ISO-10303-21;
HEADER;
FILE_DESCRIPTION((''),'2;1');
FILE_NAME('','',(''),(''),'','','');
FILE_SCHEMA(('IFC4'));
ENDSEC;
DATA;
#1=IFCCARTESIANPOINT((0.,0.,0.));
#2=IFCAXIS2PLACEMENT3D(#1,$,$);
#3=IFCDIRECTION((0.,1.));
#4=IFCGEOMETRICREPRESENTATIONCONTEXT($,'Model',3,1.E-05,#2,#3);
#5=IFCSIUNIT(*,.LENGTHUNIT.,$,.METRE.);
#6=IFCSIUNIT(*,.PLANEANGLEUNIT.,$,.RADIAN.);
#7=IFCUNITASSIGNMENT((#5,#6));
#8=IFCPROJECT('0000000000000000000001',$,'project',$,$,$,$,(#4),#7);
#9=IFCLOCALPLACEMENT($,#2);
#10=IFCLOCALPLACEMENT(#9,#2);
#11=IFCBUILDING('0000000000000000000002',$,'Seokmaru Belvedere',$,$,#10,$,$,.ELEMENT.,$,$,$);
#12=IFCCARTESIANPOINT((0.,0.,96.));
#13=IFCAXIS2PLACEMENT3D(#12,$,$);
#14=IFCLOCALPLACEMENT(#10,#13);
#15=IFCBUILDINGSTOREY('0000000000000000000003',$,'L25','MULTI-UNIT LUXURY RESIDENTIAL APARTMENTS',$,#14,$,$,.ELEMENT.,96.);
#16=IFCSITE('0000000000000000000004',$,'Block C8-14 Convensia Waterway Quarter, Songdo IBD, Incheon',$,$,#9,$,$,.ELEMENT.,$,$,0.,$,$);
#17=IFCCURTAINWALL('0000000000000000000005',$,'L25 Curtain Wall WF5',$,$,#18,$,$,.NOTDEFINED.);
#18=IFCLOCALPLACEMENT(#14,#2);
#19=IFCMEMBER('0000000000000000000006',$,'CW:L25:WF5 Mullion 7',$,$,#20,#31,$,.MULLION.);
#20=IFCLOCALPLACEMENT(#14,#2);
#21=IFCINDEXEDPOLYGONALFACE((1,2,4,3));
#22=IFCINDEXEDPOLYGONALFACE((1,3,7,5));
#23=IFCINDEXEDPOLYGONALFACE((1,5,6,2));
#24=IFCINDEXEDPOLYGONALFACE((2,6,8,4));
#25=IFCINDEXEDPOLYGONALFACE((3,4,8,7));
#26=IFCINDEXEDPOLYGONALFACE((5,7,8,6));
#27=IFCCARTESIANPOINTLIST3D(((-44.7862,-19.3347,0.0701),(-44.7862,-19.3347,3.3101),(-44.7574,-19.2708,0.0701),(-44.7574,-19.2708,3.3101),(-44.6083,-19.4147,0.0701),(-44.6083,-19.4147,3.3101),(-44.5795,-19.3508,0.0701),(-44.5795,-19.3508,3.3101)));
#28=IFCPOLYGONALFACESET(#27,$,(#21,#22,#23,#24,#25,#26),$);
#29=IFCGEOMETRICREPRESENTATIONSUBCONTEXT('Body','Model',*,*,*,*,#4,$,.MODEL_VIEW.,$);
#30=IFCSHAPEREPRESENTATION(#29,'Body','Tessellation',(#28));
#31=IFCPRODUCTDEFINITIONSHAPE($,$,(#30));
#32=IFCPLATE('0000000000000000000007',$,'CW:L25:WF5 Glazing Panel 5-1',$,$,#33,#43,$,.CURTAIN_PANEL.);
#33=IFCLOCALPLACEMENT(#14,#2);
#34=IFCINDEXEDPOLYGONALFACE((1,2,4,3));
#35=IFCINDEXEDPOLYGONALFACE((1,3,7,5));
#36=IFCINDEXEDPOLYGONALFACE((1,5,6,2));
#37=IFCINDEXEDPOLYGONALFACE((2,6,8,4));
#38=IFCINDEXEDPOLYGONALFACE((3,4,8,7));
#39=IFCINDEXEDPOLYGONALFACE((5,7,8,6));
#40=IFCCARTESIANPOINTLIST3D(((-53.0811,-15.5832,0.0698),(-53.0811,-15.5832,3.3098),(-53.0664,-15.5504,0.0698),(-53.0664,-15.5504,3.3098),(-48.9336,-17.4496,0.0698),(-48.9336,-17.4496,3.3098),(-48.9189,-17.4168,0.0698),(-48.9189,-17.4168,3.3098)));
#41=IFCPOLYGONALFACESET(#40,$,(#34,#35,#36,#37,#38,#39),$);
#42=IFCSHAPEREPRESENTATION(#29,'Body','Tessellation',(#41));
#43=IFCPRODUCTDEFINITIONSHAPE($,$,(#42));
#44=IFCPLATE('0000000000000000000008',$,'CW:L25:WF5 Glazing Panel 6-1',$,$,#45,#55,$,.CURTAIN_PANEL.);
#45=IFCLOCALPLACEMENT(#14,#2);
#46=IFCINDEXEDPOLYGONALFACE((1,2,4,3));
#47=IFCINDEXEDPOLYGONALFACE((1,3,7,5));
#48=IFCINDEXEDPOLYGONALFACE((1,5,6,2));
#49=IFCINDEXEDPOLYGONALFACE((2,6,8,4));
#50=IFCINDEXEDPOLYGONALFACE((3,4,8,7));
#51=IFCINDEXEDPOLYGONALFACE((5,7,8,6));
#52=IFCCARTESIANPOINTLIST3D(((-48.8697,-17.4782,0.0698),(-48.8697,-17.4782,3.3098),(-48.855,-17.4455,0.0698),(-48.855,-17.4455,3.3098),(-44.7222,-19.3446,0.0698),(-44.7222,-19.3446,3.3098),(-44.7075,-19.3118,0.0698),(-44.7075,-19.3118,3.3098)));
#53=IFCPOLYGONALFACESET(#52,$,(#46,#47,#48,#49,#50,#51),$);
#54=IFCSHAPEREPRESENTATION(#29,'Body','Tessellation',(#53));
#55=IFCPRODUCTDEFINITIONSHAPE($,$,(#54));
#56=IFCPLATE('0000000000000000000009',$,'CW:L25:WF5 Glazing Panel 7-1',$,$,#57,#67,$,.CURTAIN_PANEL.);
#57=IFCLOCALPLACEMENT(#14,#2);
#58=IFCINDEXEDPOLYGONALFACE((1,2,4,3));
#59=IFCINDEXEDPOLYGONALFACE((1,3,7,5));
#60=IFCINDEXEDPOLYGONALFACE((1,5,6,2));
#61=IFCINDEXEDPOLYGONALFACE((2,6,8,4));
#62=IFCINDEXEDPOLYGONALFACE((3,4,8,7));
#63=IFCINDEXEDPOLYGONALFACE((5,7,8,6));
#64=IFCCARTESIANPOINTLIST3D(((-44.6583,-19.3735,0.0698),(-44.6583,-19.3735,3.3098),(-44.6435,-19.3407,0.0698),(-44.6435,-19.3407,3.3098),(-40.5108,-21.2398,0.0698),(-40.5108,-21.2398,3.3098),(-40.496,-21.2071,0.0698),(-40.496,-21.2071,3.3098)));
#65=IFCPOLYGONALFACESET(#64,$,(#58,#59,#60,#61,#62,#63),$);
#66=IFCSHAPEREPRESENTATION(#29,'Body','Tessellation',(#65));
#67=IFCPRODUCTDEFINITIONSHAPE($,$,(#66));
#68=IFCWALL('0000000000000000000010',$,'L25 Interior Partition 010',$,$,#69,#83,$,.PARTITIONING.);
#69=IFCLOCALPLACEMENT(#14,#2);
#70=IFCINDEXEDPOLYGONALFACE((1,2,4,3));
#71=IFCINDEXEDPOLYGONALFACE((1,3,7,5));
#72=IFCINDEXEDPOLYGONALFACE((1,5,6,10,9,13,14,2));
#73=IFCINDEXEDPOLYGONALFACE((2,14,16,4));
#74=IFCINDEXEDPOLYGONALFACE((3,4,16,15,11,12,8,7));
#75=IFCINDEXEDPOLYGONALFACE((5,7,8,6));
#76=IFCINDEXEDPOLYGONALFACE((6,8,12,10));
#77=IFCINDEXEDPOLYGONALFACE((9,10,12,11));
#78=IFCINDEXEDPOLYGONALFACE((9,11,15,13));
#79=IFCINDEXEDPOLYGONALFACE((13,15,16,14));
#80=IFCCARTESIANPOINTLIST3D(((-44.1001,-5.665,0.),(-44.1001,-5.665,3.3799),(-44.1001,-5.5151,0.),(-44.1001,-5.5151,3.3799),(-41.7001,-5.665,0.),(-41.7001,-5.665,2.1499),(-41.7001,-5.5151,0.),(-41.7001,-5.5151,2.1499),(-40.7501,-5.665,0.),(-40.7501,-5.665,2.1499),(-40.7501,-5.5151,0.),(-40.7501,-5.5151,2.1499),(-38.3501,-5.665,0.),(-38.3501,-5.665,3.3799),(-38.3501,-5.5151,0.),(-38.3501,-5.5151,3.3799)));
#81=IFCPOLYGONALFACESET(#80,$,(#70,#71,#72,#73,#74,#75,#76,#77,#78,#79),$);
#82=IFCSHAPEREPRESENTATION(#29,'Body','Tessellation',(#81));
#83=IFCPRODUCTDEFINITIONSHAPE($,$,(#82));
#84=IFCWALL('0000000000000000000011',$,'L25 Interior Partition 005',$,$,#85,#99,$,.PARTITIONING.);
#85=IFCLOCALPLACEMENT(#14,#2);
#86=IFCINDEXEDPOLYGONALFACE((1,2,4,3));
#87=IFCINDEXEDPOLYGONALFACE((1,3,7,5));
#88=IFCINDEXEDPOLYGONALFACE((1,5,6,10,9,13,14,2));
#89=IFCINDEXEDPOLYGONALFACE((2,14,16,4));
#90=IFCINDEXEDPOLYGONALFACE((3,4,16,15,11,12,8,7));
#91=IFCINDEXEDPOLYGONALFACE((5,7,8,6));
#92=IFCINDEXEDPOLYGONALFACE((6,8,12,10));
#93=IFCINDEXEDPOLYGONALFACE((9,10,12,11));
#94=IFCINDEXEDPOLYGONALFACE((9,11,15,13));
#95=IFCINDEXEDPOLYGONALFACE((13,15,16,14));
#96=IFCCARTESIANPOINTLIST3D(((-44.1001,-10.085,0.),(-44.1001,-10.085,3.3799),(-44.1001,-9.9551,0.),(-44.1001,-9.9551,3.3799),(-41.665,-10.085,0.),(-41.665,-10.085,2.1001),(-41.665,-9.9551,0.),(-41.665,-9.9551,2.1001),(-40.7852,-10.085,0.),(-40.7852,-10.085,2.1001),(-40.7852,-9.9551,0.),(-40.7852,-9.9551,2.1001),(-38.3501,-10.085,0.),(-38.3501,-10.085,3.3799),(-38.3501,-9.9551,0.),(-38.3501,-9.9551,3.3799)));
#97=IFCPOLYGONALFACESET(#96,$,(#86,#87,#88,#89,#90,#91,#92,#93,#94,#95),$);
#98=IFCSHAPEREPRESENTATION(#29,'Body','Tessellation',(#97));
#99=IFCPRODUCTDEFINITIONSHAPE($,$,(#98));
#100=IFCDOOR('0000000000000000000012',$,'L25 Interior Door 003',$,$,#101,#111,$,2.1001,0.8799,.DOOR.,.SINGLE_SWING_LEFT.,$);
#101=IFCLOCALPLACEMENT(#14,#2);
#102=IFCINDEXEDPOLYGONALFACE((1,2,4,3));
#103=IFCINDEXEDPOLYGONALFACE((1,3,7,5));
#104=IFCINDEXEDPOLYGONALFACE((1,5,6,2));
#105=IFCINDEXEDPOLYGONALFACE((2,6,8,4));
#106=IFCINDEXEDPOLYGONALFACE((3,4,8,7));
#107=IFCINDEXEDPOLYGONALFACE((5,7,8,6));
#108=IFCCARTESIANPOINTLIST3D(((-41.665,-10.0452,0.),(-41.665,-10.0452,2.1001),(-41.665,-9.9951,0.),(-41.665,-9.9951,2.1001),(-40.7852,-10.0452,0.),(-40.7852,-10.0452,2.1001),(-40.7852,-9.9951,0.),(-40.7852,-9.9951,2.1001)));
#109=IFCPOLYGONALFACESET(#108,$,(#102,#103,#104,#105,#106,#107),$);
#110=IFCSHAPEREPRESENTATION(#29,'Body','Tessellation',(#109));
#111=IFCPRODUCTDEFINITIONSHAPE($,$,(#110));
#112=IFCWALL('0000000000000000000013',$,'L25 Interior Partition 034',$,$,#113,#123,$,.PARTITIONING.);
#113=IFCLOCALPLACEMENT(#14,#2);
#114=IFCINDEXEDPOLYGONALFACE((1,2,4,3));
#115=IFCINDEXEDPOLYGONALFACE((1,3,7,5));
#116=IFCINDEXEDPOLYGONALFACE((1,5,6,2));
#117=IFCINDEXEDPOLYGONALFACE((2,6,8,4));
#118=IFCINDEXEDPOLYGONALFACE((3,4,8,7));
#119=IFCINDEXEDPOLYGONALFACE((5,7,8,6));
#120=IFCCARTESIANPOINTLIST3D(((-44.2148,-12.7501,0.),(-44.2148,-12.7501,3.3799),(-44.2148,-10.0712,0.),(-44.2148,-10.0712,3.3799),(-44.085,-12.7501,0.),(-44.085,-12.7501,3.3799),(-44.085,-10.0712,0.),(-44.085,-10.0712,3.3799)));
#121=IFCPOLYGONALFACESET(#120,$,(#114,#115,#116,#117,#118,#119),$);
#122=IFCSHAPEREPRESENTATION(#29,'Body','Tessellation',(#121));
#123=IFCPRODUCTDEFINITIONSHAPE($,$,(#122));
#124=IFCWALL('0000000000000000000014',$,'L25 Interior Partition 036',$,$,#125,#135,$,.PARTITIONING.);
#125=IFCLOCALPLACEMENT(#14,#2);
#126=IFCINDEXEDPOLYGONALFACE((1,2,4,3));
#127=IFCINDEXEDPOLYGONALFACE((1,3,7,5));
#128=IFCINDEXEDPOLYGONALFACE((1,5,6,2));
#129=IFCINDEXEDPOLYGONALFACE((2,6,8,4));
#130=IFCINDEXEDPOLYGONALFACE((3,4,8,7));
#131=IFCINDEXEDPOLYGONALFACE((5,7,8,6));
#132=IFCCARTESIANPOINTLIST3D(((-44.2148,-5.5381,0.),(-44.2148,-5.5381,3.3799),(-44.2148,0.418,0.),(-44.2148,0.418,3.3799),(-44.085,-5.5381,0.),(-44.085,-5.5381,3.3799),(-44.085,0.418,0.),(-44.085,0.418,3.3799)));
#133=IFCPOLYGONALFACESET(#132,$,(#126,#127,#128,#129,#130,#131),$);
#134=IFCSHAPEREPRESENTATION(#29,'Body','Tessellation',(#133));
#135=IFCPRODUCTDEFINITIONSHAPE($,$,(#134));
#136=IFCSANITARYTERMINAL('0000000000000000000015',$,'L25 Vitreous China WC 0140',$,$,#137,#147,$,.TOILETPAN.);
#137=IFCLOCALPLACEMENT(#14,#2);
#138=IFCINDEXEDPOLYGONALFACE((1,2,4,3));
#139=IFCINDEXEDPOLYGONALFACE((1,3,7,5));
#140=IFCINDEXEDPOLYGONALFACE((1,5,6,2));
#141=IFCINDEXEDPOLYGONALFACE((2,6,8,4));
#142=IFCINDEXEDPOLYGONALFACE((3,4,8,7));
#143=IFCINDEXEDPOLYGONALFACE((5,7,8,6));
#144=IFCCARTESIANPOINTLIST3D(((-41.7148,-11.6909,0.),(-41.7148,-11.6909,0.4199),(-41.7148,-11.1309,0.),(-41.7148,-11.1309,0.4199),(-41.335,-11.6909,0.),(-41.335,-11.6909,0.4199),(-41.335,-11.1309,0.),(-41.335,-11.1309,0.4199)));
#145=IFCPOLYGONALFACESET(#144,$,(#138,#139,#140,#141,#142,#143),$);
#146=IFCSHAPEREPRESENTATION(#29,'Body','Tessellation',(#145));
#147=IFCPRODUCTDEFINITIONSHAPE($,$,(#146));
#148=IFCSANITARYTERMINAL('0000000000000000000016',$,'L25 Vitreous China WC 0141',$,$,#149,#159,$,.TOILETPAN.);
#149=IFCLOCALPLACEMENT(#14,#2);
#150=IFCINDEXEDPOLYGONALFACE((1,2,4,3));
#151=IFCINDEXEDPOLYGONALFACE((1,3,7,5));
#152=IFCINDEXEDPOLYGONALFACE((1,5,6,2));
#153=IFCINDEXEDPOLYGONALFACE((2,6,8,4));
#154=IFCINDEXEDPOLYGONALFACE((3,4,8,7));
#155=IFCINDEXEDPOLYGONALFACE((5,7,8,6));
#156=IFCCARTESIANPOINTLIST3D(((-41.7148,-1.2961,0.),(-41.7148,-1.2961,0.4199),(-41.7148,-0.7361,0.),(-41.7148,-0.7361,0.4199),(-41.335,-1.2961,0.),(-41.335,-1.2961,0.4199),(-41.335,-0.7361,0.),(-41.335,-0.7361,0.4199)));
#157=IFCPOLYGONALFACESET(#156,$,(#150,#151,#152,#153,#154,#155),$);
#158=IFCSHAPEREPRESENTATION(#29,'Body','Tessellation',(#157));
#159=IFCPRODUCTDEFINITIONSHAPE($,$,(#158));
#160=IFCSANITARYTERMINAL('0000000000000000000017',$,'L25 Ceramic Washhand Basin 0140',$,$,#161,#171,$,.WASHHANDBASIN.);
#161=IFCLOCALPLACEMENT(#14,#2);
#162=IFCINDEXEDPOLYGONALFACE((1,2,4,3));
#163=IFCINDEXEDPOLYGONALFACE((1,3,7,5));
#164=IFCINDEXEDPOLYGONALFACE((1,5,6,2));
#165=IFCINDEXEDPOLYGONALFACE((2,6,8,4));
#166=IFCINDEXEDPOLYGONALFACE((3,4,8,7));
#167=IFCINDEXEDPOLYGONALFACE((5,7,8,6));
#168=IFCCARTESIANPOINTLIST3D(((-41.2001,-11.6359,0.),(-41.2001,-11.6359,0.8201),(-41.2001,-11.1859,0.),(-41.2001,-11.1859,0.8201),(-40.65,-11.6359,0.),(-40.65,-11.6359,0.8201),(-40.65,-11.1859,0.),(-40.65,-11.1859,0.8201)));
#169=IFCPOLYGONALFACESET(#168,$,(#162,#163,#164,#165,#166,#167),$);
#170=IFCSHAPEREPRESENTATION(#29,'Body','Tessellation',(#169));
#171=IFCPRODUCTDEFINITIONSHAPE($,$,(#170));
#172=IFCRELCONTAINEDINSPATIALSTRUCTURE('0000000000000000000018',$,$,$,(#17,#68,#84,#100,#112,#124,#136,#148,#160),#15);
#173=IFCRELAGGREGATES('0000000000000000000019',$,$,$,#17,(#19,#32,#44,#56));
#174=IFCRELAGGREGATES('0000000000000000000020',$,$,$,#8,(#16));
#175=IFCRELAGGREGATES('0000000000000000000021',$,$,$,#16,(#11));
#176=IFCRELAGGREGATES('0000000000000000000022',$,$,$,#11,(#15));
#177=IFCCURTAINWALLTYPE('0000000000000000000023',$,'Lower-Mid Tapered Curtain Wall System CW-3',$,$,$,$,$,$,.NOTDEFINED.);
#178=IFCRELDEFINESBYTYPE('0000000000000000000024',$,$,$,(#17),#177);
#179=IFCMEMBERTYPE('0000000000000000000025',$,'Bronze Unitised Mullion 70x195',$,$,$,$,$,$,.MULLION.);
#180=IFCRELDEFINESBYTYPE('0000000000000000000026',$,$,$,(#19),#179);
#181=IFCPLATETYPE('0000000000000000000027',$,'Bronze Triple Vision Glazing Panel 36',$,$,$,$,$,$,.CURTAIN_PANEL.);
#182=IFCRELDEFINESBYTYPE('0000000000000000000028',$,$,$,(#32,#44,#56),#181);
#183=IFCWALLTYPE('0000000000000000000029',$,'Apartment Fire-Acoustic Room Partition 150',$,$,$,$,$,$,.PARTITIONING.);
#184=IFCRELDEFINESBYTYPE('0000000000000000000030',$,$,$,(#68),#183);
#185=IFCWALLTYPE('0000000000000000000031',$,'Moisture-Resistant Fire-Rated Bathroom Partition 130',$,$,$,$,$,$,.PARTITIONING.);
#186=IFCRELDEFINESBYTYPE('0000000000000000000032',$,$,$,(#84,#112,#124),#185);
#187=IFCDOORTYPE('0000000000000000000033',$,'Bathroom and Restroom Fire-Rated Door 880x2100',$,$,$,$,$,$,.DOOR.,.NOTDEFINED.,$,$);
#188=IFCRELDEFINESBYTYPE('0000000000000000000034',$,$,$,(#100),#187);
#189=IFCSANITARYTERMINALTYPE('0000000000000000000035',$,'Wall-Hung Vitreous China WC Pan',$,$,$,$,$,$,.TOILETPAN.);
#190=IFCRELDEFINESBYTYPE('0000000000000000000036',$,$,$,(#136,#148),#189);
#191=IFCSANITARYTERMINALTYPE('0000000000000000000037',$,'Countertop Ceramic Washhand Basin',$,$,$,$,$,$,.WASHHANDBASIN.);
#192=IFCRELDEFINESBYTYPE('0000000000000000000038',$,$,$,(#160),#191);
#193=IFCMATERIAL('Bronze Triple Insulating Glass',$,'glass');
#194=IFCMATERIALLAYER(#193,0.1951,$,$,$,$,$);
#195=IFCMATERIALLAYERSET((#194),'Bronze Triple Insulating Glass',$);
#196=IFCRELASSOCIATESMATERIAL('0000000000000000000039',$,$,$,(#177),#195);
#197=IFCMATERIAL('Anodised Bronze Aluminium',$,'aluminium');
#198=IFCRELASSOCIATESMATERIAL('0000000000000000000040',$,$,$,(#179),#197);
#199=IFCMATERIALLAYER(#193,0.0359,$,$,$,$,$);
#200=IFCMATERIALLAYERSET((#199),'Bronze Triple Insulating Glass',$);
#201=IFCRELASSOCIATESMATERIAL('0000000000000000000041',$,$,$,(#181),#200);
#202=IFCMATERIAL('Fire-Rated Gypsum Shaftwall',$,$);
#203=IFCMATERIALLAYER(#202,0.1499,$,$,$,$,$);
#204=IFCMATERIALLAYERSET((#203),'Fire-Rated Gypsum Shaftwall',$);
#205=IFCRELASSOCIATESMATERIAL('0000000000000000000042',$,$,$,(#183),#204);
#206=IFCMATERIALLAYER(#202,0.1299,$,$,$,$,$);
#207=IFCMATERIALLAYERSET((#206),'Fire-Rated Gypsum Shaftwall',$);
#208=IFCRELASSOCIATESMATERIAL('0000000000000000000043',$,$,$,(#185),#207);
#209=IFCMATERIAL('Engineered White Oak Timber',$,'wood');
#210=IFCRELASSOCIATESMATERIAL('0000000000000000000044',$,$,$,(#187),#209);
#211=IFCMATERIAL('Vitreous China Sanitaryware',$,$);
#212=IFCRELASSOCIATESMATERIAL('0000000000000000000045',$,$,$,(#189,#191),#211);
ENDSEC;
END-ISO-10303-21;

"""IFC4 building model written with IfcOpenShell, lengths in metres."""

from ifc_helpers import new_model, si_unit, direction, frame, frame_2d, origin, origin_2d, place, context, subcontext, project, spatial, rectangle, extrude, source, transform, mapped, material, layer, layer_set, material_profile, profile_set, type_object, type_shapes, element, fill, aggregate, save


model = new_model("IFC4")

# Units and contexts
model_context = context("Model", 3, precision=1e-05, world=origin(), true_north=direction((0.0, 1.0)))
body_context = subcontext(model_context, "Body", "Model", "MODEL_VIEW")
ifc_project = project(units=[si_unit("LENGTHUNIT", "METRE"), si_unit("PLANEANGLEUNIT", "RADIAN")], contexts=[model_context])

# Site, building, storey
site_placement = place(None, origin())
site = spatial("IfcSite", under=ifc_project, at=site_placement, Name="Block C8-14 Convensia Waterway Quarter, Songdo IBD, Incheon", CompositionType="ELEMENT", RefElevation=0.0)
building_placement = place(site_placement, origin())
building = spatial("IfcBuilding", under=site, at=building_placement, Name="Seokmaru Belvedere", CompositionType="ELEMENT")
storey_placement = place(building_placement, frame((0.0, 0.0, 96.0)))
storey = spatial("IfcBuildingStorey", under=building, at=storey_placement, Name="L25", Description="MULTI-UNIT LUXURY RESIDENTIAL APARTMENTS", CompositionType="ELEMENT", Elevation=96.0)

# Curtain wall, member, plates
ifc_material_1 = material(Name="Bronze Triple Insulating Glass", Category="glass")
ifc_layer_1 = layer(ifc_material_1, 0.1951)
ifc_layer_set_1 = layer_set([ifc_layer_1], Name="Bronze Triple Insulating Glass")
curtain_wall_type = type_object("IfcCurtainWallType", Name="Lower-Mid Tapered Curtain Wall System CW-3", PredefinedType="NOTDEFINED", material=ifc_layer_set_1)
curtain_wall_placement = place(storey_placement, origin())
curtain_wall = element("IfcCurtainWall", 1, at=curtain_wall_placement, inside=storey, type_object=curtain_wall_type, Name="L25 Curtain Wall WF5", PredefinedType="NOTDEFINED")
ifc_material_2 = material(Name="Anodised Bronze Aluminium", Category="aluminium")
ifc_material_profile_1 = material_profile(ifc_material_2, rectangle(XDim=0.0701, YDim=0.1951, at=origin_2d()), Name="CW-M-70x195")
ifc_profile_set_1 = profile_set([ifc_material_profile_1], Name="Anodised Bronze Aluminium")
member_type = type_object("IfcMemberType", Name="Bronze Unitised Mullion 70x195", PredefinedType="MULLION", material=ifc_profile_set_1)
shared_shape_1 = source(origin(), body_context, "Body", "SweptSolid", [
    extrude(rectangle(XDim=0.0701, YDim=0.1951, at=origin_2d()), origin(), (0.0, 0.0, 1.0), 3.24),
])
type_shapes(member_type, [shared_shape_1])
member_1_placement = place(storey_placement, frame((-44.6829, -19.3428, 0.0701), z_axis=(0.0, 0.0, 1.0), x_axis=(0.410366, 0.911921, 0.0)))
member_1 = element("IfcMember", 2, at=member_1_placement, type_object=member_type, Name="CW:L25:WF5 Mullion 7", PredefinedType="MULLION", context=body_context, shape_type="MappedRepresentation", body=[
    mapped(shared_shape_1, transform((0.0, 0.0, 0.0), scale=1.0)),
])
ifc_layer_2 = layer(ifc_material_1, 0.0359)
ifc_layer_set_2 = layer_set([ifc_layer_2], Name="Bronze Triple Insulating Glass")
plate_type = type_object("IfcPlateType", Name="Bronze Triple Vision Glazing Panel 36", PredefinedType="CURTAIN_PANEL", material=ifc_layer_set_2)
shared_shape_2 = source(origin(), body_context, "Body", "SweptSolid", [
    extrude(rectangle(XDim=4.5481, YDim=0.0359, at=origin_2d()), origin(), (0.0, 0.0, 1.0), 3.24),
])
type_shapes(plate_type, [shared_shape_2])
plate_1_placement = place(storey_placement, frame((-51.0, -16.5, 0.0698), z_axis=(0.0, 0.0, 1.0), x_axis=(0.911921, -0.410366, 0.0)))
plate_1 = element("IfcPlate", 3, at=plate_1_placement, type_object=plate_type, Name="CW:L25:WF5 Glazing Panel 5-1", PredefinedType="CURTAIN_PANEL", context=body_context, shape_type="MappedRepresentation", body=[
    mapped(shared_shape_2, transform((0.0, 0.0, 0.0), scale=1.0)),
])
plate_2_placement = place(storey_placement, frame((-46.7886, -18.395, 0.0698), z_axis=(0.0, 0.0, 1.0), x_axis=(0.911921, -0.410366, 0.0)))
plate_2 = element("IfcPlate", 4, at=plate_2_placement, type_object=plate_type, Name="CW:L25:WF5 Glazing Panel 6-1", PredefinedType="CURTAIN_PANEL", context=body_context, shape_type="MappedRepresentation", body=[
    mapped(shared_shape_2, transform((0.0, 0.0, 0.0), scale=1.0)),
])
plate_3_placement = place(storey_placement, frame((-42.5771, -20.2903, 0.0698), z_axis=(0.0, 0.0, 1.0), x_axis=(0.911921, -0.410366, 0.0)))
plate_3 = element("IfcPlate", 5, at=plate_3_placement, type_object=plate_type, Name="CW:L25:WF5 Glazing Panel 7-1", PredefinedType="CURTAIN_PANEL", context=body_context, shape_type="MappedRepresentation", body=[
    mapped(shared_shape_2, transform((0.0, 0.0, 0.0), scale=1.0)),
])
aggregate(curtain_wall, [member_1, plate_1, plate_2, plate_3])

# Wall, opening
ifc_material_3 = material(Name="Fire-Rated Gypsum Shaftwall")
ifc_layer_3 = layer(ifc_material_3, 0.1499)
ifc_layer_set_3 = layer_set([ifc_layer_3], Name="Fire-Rated Gypsum Shaftwall")
wall_type_1 = type_object("IfcWallType", Name="Apartment Fire-Acoustic Room Partition 150", PredefinedType="PARTITIONING", material=ifc_layer_set_3)
wall_1_placement = place(storey_placement, frame((-44.1001, -5.5901, 0.0), z_axis=(0.0, 0.0, 1.0), x_axis=(1.0, 0.0, 0.0)))
wall_1 = element("IfcWall", 6, at=wall_1_placement, inside=storey, type_object=wall_type_1, Name="L25 Interior Partition 010", PredefinedType="PARTITIONING", context=body_context, shape_type="SweptSolid", body=[
    extrude(rectangle(XDim=5.75, YDim=0.1499, at=frame_2d((2.875, 0.0))), origin(), (0.0, 0.0, 1.0), 3.3799),
])
opening_1_placement = place(wall_1_placement, frame((2.3999, 0.0, 0.0)))
element("IfcOpeningElement", 7, at=opening_1_placement, cuts=wall_1, PredefinedType="OPENING", context=body_context, shape_type="SweptSolid", body=[
    extrude(rectangle(XDim=0.95, YDim=2.1499, at=frame_2d((0.4751, 1.075))), frame((0.0, 0.085, 0.0), z_axis=(0.0, -1.0, 0.0), x_axis=(1.0, 0.0, 0.0)), (0.0, 0.0, 1.0), 0.1699),
])

# Wall, opening, door
ifc_layer_4 = layer(ifc_material_3, 0.1299)
ifc_layer_set_4 = layer_set([ifc_layer_4], Name="Fire-Rated Gypsum Shaftwall")
wall_type_2 = type_object("IfcWallType", Name="Moisture-Resistant Fire-Rated Bathroom Partition 130", PredefinedType="PARTITIONING", material=ifc_layer_set_4)
wall_2_placement = place(storey_placement, frame((-44.1001, -10.02, 0.0), z_axis=(0.0, 0.0, 1.0), x_axis=(1.0, 0.0, 0.0)))
wall_2 = element("IfcWall", 8, at=wall_2_placement, inside=storey, type_object=wall_type_2, Name="L25 Interior Partition 005", PredefinedType="PARTITIONING", context=body_context, shape_type="SweptSolid", body=[
    extrude(rectangle(XDim=5.75, YDim=0.1299, at=frame_2d((2.875, 0.0))), origin(), (0.0, 0.0, 1.0), 3.3799),
])
opening_2_placement = place(wall_2_placement, frame((2.4351, 0.0, 0.0)))
opening_2 = element("IfcOpeningElement", 9, at=opening_2_placement, cuts=wall_2, PredefinedType="OPENING", context=body_context, shape_type="SweptSolid", body=[
    extrude(rectangle(XDim=0.8799, YDim=2.1001, at=frame_2d((0.4399, 1.05))), frame((0.0, 0.075, 0.0), z_axis=(0.0, -1.0, 0.0), x_axis=(1.0, 0.0, 0.0)), (0.0, 0.0, 1.0), 0.1499),
])
ifc_material_4 = material(Name="Engineered White Oak Timber", Category="wood")
door_type = type_object("IfcDoorType", Name="Bathroom and Restroom Fire-Rated Door 880x2100", OperationType="NOTDEFINED", PredefinedType="DOOR", material=ifc_material_4)
shared_shape_3 = source(origin(), body_context, "Body", "SweptSolid", [
    extrude(rectangle(XDim=0.8799, YDim=2.1001, at=frame_2d((0.4399, 1.05))), frame((0.0, 0.0249, 0.0), z_axis=(0.0, -1.0, 0.0), x_axis=(1.0, 0.0, 0.0)), (0.0, 0.0, 1.0), 0.05),
])
type_shapes(door_type, [shared_shape_3])
door_placement = place(opening_2_placement, origin())
door = element("IfcDoor", 10, at=door_placement, inside=storey, type_object=door_type, Name="L25 Interior Door 003", OperationType="SINGLE_SWING_LEFT", OverallHeight=2.1001, OverallWidth=0.8799, PredefinedType="DOOR", context=body_context, shape_type="MappedRepresentation", body=[
    mapped(shared_shape_3, transform((0.0, 0.0, 0.0), scale=1.0)),
])
fill(opening_2, door)

# Walls
wall_3_placement = place(storey_placement, frame((-44.1499, -12.75, 0.0), z_axis=(0.0, 0.0, 1.0), x_axis=(0.0, 1.0, 0.0)))
element("IfcWall", 11, at=wall_3_placement, inside=storey, type_object=wall_type_2, Name="L25 Interior Partition 034", PredefinedType="PARTITIONING", context=body_context, shape_type="SweptSolid", body=[
    extrude(rectangle(XDim=2.679, YDim=0.1299, at=frame_2d((1.3394, 0.0))), origin(), (0.0, 0.0, 1.0), 3.3799),
])
wall_4_placement = place(storey_placement, frame((-44.1499, -5.5381, 0.0), z_axis=(0.0, 0.0, 1.0), x_axis=(0.0, 1.0, 0.0)))
element("IfcWall", 12, at=wall_4_placement, inside=storey, type_object=wall_type_2, Name="L25 Interior Partition 036", PredefinedType="PARTITIONING", context=body_context, shape_type="SweptSolid", body=[
    extrude(rectangle(XDim=5.9561, YDim=0.1299, at=frame_2d((2.978, 0.0))), origin(), (0.0, 0.0, 1.0), 3.3799),
])

# Sanitary terminals
ifc_material_5 = material(Name="Vitreous China Sanitaryware")
sanitary_terminal_type_1 = type_object("IfcSanitaryTerminalType", Name="Wall-Hung Vitreous China WC Pan", PredefinedType="TOILETPAN", material=ifc_material_5)
shared_shape_4 = source(origin(), body_context, "Body", "SweptSolid", [
    extrude(rectangle(XDim=0.3799, YDim=0.5601, at=origin_2d()), origin(), (0.0, 0.0, 1.0), 0.4199),
])
type_shapes(sanitary_terminal_type_1, [shared_shape_4])
for number, where, z_axis, x_axis, name in (
    (13, (-41.5249, -11.4109, 0.0), (0.0, 0.0, 1.0), (1.0, 0.0, 0.0), "L25 Vitreous China WC 0140"),
    (14, (-41.5249, -1.0161, 0.0), (0.0, 0.0, 1.0), (1.0, 0.0, 0.0), "L25 Vitreous China WC 0141"),
):
    element("IfcSanitaryTerminal", number, at=place(storey_placement, frame(where, z_axis=z_axis, x_axis=x_axis)), inside=storey, type_object=sanitary_terminal_type_1, Name=name, PredefinedType="TOILETPAN", context=body_context, shape_type="MappedRepresentation", body=[
        mapped(shared_shape_4, transform((0.0, 0.0, 0.0), scale=1.0)),
    ])
sanitary_terminal_type_2 = type_object("IfcSanitaryTerminalType", Name="Countertop Ceramic Washhand Basin", PredefinedType="WASHHANDBASIN", material=ifc_material_5)
shared_shape_5 = source(origin(), body_context, "Body", "SweptSolid", [
    extrude(rectangle(XDim=0.55, YDim=0.45, at=origin_2d()), origin(), (0.0, 0.0, 1.0), 0.8201),
])
type_shapes(sanitary_terminal_type_2, [shared_shape_5])
for number, where, z_axis, x_axis, name in (
    (15, (-40.925, -11.4109, 0.0), (0.0, 0.0, 1.0), (1.0, 0.0, 0.0), "L25 Ceramic Washhand Basin 0140"),
):
    element("IfcSanitaryTerminal", number, at=place(storey_placement, frame(where, z_axis=z_axis, x_axis=x_axis)), inside=storey, type_object=sanitary_terminal_type_2, Name=name, PredefinedType="WASHHANDBASIN", context=body_context, shape_type="MappedRepresentation", body=[
        mapped(shared_shape_5, transform((0.0, 0.0, 0.0), scale=1.0)),
    ])

save(model, "model.ifc")
